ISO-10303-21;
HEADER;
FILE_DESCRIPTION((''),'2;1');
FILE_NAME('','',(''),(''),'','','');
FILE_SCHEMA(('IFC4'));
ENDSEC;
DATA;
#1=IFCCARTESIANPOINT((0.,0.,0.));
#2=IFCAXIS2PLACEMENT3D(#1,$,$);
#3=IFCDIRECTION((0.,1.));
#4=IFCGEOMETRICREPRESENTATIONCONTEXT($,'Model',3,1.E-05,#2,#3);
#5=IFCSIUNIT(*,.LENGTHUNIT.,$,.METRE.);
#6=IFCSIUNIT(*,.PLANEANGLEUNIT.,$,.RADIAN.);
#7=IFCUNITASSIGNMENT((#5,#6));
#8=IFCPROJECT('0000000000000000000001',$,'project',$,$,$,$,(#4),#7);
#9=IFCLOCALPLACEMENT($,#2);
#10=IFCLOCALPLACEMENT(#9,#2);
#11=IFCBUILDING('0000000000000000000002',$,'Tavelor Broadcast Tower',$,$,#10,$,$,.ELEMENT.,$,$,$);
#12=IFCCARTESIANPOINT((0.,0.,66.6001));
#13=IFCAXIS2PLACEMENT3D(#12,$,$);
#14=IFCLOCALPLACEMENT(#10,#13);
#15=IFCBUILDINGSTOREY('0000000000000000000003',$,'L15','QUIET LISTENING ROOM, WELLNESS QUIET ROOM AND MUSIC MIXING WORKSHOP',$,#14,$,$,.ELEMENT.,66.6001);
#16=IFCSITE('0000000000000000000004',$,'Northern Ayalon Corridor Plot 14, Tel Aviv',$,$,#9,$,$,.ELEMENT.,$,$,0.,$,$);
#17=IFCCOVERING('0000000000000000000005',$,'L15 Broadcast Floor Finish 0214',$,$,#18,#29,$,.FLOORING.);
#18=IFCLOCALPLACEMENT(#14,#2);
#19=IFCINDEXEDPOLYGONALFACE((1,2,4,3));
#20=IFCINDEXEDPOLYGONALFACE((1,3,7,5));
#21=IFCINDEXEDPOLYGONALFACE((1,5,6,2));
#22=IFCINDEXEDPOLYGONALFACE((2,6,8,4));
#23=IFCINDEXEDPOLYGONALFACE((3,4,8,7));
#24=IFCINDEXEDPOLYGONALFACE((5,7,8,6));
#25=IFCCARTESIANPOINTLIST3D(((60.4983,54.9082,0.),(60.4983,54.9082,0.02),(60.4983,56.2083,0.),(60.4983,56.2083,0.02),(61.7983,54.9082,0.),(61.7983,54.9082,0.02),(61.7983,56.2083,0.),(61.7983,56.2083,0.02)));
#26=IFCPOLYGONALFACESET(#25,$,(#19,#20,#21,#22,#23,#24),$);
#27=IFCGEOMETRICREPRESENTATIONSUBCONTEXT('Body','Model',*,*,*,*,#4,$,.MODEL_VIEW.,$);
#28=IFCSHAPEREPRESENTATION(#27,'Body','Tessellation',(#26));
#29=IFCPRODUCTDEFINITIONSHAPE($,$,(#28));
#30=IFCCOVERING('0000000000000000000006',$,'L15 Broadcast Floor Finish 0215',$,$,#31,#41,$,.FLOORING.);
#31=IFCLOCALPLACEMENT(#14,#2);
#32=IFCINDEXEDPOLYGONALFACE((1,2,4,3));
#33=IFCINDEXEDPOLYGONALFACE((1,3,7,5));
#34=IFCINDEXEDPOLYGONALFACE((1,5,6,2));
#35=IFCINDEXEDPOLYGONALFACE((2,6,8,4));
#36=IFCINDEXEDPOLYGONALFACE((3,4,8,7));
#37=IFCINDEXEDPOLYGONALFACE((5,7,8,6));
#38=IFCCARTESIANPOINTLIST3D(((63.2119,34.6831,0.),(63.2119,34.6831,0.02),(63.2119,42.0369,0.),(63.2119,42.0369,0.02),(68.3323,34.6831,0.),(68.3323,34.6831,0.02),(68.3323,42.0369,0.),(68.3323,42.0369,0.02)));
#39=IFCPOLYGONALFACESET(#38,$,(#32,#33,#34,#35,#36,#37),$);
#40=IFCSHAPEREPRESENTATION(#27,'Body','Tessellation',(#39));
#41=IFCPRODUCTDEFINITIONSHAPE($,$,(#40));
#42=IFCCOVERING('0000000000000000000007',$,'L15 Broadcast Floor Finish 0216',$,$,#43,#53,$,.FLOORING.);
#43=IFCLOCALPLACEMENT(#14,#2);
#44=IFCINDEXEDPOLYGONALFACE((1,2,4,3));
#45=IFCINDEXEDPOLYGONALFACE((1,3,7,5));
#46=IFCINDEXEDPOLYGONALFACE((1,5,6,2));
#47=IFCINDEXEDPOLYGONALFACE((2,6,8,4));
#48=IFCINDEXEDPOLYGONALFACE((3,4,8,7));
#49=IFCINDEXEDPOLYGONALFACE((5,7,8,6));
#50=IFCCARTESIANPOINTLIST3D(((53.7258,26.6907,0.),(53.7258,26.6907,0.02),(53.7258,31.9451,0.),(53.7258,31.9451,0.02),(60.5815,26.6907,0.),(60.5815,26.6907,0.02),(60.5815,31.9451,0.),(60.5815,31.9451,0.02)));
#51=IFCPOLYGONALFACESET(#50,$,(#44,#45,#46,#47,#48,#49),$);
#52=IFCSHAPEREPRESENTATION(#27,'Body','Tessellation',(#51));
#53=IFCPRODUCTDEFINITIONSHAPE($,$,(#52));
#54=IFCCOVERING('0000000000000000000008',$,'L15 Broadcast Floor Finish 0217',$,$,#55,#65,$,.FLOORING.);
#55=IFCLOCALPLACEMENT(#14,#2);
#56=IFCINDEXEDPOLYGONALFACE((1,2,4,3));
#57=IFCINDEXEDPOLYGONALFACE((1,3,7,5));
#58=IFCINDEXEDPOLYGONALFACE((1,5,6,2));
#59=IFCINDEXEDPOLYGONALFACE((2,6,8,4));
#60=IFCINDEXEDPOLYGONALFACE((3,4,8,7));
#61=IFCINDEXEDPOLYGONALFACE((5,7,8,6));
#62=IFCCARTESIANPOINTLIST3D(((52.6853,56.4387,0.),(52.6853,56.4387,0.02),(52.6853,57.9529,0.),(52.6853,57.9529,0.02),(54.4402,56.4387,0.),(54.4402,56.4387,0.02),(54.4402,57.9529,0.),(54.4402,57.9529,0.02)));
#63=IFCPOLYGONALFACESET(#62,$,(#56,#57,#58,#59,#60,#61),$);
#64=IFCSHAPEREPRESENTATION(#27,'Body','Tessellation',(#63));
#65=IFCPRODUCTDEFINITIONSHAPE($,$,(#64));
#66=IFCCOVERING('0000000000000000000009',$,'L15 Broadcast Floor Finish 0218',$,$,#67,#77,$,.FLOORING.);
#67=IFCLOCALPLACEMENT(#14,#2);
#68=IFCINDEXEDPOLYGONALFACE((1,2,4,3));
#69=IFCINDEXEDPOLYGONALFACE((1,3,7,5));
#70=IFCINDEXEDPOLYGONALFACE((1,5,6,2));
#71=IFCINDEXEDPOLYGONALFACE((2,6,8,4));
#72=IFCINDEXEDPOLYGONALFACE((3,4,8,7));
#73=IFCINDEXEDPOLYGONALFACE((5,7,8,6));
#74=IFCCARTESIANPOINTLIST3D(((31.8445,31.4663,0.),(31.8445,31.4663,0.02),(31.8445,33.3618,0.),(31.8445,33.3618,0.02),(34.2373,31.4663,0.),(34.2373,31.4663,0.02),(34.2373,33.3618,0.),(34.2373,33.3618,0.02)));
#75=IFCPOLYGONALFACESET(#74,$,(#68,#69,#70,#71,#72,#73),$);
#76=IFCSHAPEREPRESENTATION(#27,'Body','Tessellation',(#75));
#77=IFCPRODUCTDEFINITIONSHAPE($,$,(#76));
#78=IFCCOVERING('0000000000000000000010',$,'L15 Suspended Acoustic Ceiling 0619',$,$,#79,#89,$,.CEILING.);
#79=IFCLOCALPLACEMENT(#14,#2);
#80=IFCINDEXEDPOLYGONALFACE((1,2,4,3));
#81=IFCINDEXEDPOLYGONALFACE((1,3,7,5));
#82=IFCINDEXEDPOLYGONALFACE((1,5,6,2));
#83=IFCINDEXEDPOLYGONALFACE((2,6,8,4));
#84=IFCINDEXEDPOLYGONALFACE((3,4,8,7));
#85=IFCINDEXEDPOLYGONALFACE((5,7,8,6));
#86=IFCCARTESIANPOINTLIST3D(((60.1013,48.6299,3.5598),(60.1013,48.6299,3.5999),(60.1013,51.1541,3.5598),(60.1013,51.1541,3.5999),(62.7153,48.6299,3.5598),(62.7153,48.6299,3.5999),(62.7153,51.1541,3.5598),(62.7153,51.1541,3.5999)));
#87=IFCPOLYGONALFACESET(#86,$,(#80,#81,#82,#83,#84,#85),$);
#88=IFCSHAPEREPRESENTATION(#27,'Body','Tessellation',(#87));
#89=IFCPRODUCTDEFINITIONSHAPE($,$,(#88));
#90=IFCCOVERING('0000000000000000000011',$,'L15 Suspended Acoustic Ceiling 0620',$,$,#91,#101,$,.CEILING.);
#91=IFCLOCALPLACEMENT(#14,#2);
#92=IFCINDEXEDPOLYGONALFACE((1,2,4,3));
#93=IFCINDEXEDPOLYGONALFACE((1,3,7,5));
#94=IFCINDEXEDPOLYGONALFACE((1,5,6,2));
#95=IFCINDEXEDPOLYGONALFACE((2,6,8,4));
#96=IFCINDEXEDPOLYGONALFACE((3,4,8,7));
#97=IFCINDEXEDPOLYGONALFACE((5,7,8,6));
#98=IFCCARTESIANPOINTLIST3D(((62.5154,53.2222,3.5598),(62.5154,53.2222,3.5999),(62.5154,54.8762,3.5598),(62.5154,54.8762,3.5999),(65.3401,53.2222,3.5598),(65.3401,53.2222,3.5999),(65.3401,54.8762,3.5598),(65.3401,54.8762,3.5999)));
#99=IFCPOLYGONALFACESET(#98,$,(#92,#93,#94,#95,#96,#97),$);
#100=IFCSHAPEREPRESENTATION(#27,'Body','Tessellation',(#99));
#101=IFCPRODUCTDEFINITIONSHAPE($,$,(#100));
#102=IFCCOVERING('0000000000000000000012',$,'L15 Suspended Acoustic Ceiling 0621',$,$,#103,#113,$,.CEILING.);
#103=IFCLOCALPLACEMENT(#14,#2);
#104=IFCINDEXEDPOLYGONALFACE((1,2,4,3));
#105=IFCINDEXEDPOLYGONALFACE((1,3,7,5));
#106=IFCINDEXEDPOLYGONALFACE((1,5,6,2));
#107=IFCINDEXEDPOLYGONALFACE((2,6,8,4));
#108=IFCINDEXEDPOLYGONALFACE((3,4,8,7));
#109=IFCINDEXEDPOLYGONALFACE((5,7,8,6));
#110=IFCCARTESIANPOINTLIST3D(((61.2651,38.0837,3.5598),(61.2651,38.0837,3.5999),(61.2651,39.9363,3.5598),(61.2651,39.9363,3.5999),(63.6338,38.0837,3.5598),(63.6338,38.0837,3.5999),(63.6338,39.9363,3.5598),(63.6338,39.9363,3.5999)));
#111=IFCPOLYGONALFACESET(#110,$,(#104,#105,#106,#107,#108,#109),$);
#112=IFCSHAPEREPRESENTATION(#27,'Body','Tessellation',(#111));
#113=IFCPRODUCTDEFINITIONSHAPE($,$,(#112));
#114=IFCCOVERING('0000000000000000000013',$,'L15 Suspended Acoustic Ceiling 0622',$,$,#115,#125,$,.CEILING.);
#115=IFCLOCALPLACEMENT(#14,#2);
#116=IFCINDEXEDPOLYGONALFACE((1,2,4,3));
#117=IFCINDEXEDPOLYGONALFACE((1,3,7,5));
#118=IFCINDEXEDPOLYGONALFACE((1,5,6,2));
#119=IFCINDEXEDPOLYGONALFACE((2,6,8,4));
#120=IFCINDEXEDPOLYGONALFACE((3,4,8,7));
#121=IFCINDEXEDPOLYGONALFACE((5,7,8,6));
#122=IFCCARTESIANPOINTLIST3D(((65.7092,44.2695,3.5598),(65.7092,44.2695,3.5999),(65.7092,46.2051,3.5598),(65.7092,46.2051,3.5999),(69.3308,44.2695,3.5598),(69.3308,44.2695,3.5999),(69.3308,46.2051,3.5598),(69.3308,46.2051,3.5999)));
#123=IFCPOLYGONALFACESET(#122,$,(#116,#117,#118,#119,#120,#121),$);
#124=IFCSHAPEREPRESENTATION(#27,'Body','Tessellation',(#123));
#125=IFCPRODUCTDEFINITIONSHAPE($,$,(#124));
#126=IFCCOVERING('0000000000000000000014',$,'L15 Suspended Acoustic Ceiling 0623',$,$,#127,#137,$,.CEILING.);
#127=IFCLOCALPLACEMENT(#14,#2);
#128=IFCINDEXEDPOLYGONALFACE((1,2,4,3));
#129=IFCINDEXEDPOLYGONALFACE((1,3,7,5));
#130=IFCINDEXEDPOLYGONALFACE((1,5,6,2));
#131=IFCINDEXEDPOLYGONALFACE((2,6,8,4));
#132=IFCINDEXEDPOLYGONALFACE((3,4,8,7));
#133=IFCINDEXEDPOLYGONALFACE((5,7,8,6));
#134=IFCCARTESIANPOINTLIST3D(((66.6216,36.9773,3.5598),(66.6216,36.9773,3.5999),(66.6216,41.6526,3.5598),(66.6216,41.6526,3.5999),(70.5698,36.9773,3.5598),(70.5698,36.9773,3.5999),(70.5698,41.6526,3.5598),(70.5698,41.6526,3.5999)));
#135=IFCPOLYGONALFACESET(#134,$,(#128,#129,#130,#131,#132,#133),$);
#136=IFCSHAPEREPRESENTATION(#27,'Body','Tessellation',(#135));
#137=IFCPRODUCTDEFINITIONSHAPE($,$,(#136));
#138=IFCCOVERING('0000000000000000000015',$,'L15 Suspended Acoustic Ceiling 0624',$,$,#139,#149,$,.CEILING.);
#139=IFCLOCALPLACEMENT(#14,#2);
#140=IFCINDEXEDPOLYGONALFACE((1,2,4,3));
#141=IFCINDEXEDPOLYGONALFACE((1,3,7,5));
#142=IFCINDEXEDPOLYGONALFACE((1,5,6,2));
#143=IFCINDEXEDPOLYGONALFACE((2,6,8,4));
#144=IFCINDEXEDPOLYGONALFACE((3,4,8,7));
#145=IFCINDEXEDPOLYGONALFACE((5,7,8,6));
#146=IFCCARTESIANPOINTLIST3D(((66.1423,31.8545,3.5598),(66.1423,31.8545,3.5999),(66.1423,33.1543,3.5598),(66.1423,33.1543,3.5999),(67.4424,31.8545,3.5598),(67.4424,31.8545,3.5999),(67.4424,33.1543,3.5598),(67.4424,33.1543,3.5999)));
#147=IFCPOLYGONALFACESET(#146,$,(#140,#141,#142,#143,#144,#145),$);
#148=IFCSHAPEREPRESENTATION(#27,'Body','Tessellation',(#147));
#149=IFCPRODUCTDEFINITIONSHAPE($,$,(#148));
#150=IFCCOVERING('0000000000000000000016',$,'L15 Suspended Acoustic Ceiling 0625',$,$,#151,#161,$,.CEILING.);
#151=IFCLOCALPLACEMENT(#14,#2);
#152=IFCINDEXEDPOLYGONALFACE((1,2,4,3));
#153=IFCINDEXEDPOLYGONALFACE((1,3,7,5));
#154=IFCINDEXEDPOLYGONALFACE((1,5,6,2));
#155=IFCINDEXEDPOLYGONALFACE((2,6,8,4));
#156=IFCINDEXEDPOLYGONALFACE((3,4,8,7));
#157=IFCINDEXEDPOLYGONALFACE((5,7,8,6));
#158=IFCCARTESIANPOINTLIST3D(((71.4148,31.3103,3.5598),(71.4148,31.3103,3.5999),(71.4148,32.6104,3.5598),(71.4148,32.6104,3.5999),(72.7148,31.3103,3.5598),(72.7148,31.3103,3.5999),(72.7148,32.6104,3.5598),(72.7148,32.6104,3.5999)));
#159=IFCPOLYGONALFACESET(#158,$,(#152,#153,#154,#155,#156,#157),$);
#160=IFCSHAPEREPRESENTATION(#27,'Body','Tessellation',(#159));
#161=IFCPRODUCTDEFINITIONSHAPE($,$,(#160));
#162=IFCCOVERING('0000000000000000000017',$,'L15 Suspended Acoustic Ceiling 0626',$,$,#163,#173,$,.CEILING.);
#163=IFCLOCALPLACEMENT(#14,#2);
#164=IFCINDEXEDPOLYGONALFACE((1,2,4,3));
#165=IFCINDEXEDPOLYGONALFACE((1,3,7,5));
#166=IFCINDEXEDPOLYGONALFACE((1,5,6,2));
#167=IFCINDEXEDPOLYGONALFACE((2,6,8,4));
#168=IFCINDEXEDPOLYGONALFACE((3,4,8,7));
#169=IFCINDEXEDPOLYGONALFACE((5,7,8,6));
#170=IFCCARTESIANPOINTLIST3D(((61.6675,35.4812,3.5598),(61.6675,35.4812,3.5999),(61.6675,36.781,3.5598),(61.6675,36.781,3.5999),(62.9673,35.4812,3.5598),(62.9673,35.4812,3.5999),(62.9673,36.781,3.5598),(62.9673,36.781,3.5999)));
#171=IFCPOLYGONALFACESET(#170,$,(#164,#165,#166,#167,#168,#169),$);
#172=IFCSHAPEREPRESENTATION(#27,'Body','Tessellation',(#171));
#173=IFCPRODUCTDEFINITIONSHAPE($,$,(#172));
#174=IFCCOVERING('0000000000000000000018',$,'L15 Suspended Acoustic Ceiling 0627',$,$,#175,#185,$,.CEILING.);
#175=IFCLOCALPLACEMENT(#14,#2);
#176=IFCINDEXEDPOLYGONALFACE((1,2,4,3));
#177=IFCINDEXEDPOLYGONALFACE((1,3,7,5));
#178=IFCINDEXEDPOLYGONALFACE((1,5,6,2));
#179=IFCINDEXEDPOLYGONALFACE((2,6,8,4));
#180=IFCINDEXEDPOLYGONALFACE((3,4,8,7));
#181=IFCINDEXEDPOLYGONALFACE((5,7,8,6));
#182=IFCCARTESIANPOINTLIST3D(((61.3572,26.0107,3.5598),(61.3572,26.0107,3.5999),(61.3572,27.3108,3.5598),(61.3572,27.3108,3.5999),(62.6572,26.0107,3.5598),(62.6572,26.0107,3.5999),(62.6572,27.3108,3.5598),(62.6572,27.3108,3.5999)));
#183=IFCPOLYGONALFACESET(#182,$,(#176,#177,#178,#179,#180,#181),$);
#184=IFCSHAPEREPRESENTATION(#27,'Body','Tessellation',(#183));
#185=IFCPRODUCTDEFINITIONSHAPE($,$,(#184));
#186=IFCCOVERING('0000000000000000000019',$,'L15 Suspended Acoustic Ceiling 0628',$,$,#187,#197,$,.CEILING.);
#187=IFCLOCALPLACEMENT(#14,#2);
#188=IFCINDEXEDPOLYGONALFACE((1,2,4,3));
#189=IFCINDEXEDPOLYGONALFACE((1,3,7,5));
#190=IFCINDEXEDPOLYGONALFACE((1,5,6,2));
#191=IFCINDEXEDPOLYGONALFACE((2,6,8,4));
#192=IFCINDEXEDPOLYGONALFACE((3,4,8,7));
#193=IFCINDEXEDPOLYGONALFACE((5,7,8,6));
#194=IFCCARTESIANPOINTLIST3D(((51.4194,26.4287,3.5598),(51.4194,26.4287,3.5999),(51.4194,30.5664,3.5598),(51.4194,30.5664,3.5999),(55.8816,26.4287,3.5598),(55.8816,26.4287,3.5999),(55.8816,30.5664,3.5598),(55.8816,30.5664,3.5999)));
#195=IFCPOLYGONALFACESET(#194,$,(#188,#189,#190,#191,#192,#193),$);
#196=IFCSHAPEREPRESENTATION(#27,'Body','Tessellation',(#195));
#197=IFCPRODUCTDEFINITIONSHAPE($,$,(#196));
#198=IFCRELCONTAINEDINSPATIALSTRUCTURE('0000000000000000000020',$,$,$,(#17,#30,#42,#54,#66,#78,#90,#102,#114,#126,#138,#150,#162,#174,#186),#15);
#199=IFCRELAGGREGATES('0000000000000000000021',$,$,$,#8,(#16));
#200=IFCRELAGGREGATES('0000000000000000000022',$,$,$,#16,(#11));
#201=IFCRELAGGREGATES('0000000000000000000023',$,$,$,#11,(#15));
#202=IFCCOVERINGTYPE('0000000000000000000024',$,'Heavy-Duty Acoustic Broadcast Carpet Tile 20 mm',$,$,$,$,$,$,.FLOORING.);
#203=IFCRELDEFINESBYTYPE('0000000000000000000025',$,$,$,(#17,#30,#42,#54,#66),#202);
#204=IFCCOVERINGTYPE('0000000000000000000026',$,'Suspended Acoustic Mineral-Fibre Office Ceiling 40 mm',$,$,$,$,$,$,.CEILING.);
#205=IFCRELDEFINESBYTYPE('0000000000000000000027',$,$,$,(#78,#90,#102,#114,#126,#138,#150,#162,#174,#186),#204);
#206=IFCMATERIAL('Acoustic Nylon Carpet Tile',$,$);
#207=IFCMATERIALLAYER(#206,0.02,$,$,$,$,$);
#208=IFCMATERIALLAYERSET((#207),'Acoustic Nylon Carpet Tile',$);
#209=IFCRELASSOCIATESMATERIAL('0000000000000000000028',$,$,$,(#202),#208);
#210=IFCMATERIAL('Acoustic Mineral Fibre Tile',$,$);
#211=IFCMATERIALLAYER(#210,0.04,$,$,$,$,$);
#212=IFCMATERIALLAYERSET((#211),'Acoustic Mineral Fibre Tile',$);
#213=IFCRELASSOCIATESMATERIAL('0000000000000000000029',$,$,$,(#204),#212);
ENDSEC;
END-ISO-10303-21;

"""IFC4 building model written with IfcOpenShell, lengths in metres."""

from ifc_helpers import new_model, si_unit, direction, frame, origin, place, context, subcontext, project, spatial, polyline, outline, extrude, material, layer, layer_set, type_object, element, save


model = new_model("IFC4")

# Units and contexts
model_context = context("Model", 3, precision=1e-05, world=origin(), true_north=direction((0.0, 1.0)))
body_context = subcontext(model_context, "Body", "Model", "MODEL_VIEW")
ifc_project = project(units=[si_unit("LENGTHUNIT", "METRE"), si_unit("PLANEANGLEUNIT", "RADIAN")], contexts=[model_context])

# Site, building, storey
site_placement = place(None, origin())
site = spatial("IfcSite", under=ifc_project, at=site_placement, Name="Northern Ayalon Corridor Plot 14, Tel Aviv", CompositionType="ELEMENT", RefElevation=0.0)
building_placement = place(site_placement, origin())
building = spatial("IfcBuilding", under=site, at=building_placement, Name="Tavelor Broadcast Tower", CompositionType="ELEMENT")
storey_placement = place(building_placement, frame((0.0, 0.0, 66.6001)))
storey = spatial("IfcBuildingStorey", under=building, at=storey_placement, Name="L15", Description="QUIET LISTENING ROOM, WELLNESS QUIET ROOM AND MUSIC MIXING WORKSHOP", CompositionType="ELEMENT", Elevation=66.6001)

# Coverings
ifc_material_1 = material(Name="Acoustic Nylon Carpet Tile")
ifc_layer_1 = layer(ifc_material_1, 0.02)
ifc_layer_set_1 = layer_set([ifc_layer_1], Name="Acoustic Nylon Carpet Tile")
covering_type_1 = type_object("IfcCoveringType", Name="Heavy-Duty Acoustic Broadcast Carpet Tile 20 mm", PredefinedType="FLOORING", material=ifc_layer_set_1)
covering_1_placement = place(storey_placement, origin())
element("IfcCovering", 1, at=covering_1_placement, inside=storey, type_object=covering_type_1, Name="L15 Broadcast Floor Finish 0214", PredefinedType="FLOORING", context=body_context, shape_type="SweptSolid", body=[
    extrude(outline(polyline([(60.4983, 54.9082), (61.7983, 54.9082), (61.7983, 56.2083), (60.4983, 56.2083), (60.4983, 54.9082)])), origin(), (0.0, 0.0, 1.0), 0.02),
])
covering_2_placement = place(storey_placement, origin())
element("IfcCovering", 2, at=covering_2_placement, inside=storey, type_object=covering_type_1, Name="L15 Broadcast Floor Finish 0215", PredefinedType="FLOORING", context=body_context, shape_type="SweptSolid", body=[
    extrude(outline(polyline([(63.2119, 34.6831), (68.3323, 34.6831), (68.3323, 42.0369), (63.2119, 42.0369), (63.2119, 34.6831)])), origin(), (0.0, 0.0, 1.0), 0.02),
])
covering_3_placement = place(storey_placement, origin())
element("IfcCovering", 3, at=covering_3_placement, inside=storey, type_object=covering_type_1, Name="L15 Broadcast Floor Finish 0216", PredefinedType="FLOORING", context=body_context, shape_type="SweptSolid", body=[
    extrude(outline(polyline([(53.7258, 26.6907), (60.5815, 26.6907), (60.5815, 31.9451), (53.7258, 31.9451), (53.7258, 26.6907)])), origin(), (0.0, 0.0, 1.0), 0.02),
])
covering_4_placement = place(storey_placement, origin())
element("IfcCovering", 4, at=covering_4_placement, inside=storey, type_object=covering_type_1, Name="L15 Broadcast Floor Finish 0217", PredefinedType="FLOORING", context=body_context, shape_type="SweptSolid", body=[
    extrude(outline(polyline([(52.6853, 56.4387), (54.4402, 56.4387), (54.4402, 57.9529), (52.6853, 57.9529), (52.6853, 56.4387)])), origin(), (0.0, 0.0, 1.0), 0.02),
])
covering_5_placement = place(storey_placement, origin())
element("IfcCovering", 5, at=covering_5_placement, inside=storey, type_object=covering_type_1, Name="L15 Broadcast Floor Finish 0218", PredefinedType="FLOORING", context=body_context, shape_type="SweptSolid", body=[
    extrude(outline(polyline([(31.8445, 31.4663), (34.2373, 31.4663), (34.2373, 33.3618), (31.8445, 33.3618), (31.8445, 31.4663)])), origin(), (0.0, 0.0, 1.0), 0.02),
])
ifc_material_2 = material(Name="Acoustic Mineral Fibre Tile")
ifc_layer_2 = layer(ifc_material_2, 0.04)
ifc_layer_set_2 = layer_set([ifc_layer_2], Name="Acoustic Mineral Fibre Tile")
covering_type_2 = type_object("IfcCoveringType", Name="Suspended Acoustic Mineral-Fibre Office Ceiling 40 mm", PredefinedType="CEILING", material=ifc_layer_set_2)
covering_6_placement = place(storey_placement, frame((0.0, 0.0, 3.5598)))
element("IfcCovering", 6, at=covering_6_placement, inside=storey, type_object=covering_type_2, Name="L15 Suspended Acoustic Ceiling 0619", PredefinedType="CEILING", context=body_context, shape_type="SweptSolid", body=[
    extrude(outline(polyline([(60.1013, 48.6299), (62.7153, 48.6299), (62.7153, 51.1541), (60.1013, 51.1541), (60.1013, 48.6299)])), origin(), (0.0, 0.0, 1.0), 0.04),
])
covering_7_placement = place(storey_placement, frame((0.0, 0.0, 3.5598)))
element("IfcCovering", 7, at=covering_7_placement, inside=storey, type_object=covering_type_2, Name="L15 Suspended Acoustic Ceiling 0620", PredefinedType="CEILING", context=body_context, shape_type="SweptSolid", body=[
    extrude(outline(polyline([(62.5154, 53.2222), (65.3401, 53.2222), (65.3401, 54.8762), (62.5154, 54.8762), (62.5154, 53.2222)])), origin(), (0.0, 0.0, 1.0), 0.04),
])
covering_8_placement = place(storey_placement, frame((0.0, 0.0, 3.5598)))
element("IfcCovering", 8, at=covering_8_placement, inside=storey, type_object=covering_type_2, Name="L15 Suspended Acoustic Ceiling 0621", PredefinedType="CEILING", context=body_context, shape_type="SweptSolid", body=[
    extrude(outline(polyline([(61.2651, 38.0837), (63.6338, 38.0837), (63.6338, 39.9363), (61.2651, 39.9363), (61.2651, 38.0837)])), origin(), (0.0, 0.0, 1.0), 0.04),
])
covering_9_placement = place(storey_placement, frame((0.0, 0.0, 3.5598)))
element("IfcCovering", 9, at=covering_9_placement, inside=storey, type_object=covering_type_2, Name="L15 Suspended Acoustic Ceiling 0622", PredefinedType="CEILING", context=body_context, shape_type="SweptSolid", body=[
    extrude(outline(polyline([(65.7092, 44.2695), (69.3308, 44.2695), (69.3308, 46.2051), (65.7092, 46.2051), (65.7092, 44.2695)])), origin(), (0.0, 0.0, 1.0), 0.04),
])
covering_10_placement = place(storey_placement, frame((0.0, 0.0, 3.5598)))
element("IfcCovering", 10, at=covering_10_placement, inside=storey, type_object=covering_type_2, Name="L15 Suspended Acoustic Ceiling 0623", PredefinedType="CEILING", context=body_context, shape_type="SweptSolid", body=[
    extrude(outline(polyline([(66.6216, 36.9773), (70.5698, 36.9773), (70.5698, 41.6526), (66.6216, 41.6526), (66.6216, 36.9773)])), origin(), (0.0, 0.0, 1.0), 0.04),
])
covering_11_placement = place(storey_placement, frame((0.0, 0.0, 3.5598)))
element("IfcCovering", 11, at=covering_11_placement, inside=storey, type_object=covering_type_2, Name="L15 Suspended Acoustic Ceiling 0624", PredefinedType="CEILING", context=body_context, shape_type="SweptSolid", body=[
    extrude(outline(polyline([(66.1423, 31.8545), (67.4424, 31.8545), (67.4424, 33.1543), (66.1423, 33.1543), (66.1423, 31.8545)])), origin(), (0.0, 0.0, 1.0), 0.04),
])
covering_12_placement = place(storey_placement, frame((0.0, 0.0, 3.5598)))
element("IfcCovering", 12, at=covering_12_placement, inside=storey, type_object=covering_type_2, Name="L15 Suspended Acoustic Ceiling 0625", PredefinedType="CEILING", context=body_context, shape_type="SweptSolid", body=[
    extrude(outline(polyline([(71.4148, 31.3103), (72.7148, 31.3103), (72.7148, 32.6104), (71.4148, 32.6104), (71.4148, 31.3103)])), origin(), (0.0, 0.0, 1.0), 0.04),
])
covering_13_placement = place(storey_placement, frame((0.0, 0.0, 3.5598)))
element("IfcCovering", 13, at=covering_13_placement, inside=storey, type_object=covering_type_2, Name="L15 Suspended Acoustic Ceiling 0626", PredefinedType="CEILING", context=body_context, shape_type="SweptSolid", body=[
    extrude(outline(polyline([(61.6675, 35.4812), (62.9673, 35.4812), (62.9673, 36.781), (61.6675, 36.781), (61.6675, 35.4812)])), origin(), (0.0, 0.0, 1.0), 0.04),
])
covering_14_placement = place(storey_placement, frame((0.0, 0.0, 3.5598)))
element("IfcCovering", 14, at=covering_14_placement, inside=storey, type_object=covering_type_2, Name="L15 Suspended Acoustic Ceiling 0627", PredefinedType="CEILING", context=body_context, shape_type="SweptSolid", body=[
    extrude(outline(polyline([(61.3572, 26.0107), (62.6572, 26.0107), (62.6572, 27.3108), (61.3572, 27.3108), (61.3572, 26.0107)])), origin(), (0.0, 0.0, 1.0), 0.04),
])
covering_15_placement = place(storey_placement, frame((0.0, 0.0, 3.5598)))
element("IfcCovering", 15, at=covering_15_placement, inside=storey, type_object=covering_type_2, Name="L15 Suspended Acoustic Ceiling 0628", PredefinedType="CEILING", context=body_context, shape_type="SweptSolid", body=[
    extrude(outline(polyline([(51.4194, 26.4287), (55.8816, 26.4287), (55.8816, 30.5664), (51.4194, 30.5664), (51.4194, 26.4287)])), origin(), (0.0, 0.0, 1.0), 0.04),
])

save(model, "model.ifc")
